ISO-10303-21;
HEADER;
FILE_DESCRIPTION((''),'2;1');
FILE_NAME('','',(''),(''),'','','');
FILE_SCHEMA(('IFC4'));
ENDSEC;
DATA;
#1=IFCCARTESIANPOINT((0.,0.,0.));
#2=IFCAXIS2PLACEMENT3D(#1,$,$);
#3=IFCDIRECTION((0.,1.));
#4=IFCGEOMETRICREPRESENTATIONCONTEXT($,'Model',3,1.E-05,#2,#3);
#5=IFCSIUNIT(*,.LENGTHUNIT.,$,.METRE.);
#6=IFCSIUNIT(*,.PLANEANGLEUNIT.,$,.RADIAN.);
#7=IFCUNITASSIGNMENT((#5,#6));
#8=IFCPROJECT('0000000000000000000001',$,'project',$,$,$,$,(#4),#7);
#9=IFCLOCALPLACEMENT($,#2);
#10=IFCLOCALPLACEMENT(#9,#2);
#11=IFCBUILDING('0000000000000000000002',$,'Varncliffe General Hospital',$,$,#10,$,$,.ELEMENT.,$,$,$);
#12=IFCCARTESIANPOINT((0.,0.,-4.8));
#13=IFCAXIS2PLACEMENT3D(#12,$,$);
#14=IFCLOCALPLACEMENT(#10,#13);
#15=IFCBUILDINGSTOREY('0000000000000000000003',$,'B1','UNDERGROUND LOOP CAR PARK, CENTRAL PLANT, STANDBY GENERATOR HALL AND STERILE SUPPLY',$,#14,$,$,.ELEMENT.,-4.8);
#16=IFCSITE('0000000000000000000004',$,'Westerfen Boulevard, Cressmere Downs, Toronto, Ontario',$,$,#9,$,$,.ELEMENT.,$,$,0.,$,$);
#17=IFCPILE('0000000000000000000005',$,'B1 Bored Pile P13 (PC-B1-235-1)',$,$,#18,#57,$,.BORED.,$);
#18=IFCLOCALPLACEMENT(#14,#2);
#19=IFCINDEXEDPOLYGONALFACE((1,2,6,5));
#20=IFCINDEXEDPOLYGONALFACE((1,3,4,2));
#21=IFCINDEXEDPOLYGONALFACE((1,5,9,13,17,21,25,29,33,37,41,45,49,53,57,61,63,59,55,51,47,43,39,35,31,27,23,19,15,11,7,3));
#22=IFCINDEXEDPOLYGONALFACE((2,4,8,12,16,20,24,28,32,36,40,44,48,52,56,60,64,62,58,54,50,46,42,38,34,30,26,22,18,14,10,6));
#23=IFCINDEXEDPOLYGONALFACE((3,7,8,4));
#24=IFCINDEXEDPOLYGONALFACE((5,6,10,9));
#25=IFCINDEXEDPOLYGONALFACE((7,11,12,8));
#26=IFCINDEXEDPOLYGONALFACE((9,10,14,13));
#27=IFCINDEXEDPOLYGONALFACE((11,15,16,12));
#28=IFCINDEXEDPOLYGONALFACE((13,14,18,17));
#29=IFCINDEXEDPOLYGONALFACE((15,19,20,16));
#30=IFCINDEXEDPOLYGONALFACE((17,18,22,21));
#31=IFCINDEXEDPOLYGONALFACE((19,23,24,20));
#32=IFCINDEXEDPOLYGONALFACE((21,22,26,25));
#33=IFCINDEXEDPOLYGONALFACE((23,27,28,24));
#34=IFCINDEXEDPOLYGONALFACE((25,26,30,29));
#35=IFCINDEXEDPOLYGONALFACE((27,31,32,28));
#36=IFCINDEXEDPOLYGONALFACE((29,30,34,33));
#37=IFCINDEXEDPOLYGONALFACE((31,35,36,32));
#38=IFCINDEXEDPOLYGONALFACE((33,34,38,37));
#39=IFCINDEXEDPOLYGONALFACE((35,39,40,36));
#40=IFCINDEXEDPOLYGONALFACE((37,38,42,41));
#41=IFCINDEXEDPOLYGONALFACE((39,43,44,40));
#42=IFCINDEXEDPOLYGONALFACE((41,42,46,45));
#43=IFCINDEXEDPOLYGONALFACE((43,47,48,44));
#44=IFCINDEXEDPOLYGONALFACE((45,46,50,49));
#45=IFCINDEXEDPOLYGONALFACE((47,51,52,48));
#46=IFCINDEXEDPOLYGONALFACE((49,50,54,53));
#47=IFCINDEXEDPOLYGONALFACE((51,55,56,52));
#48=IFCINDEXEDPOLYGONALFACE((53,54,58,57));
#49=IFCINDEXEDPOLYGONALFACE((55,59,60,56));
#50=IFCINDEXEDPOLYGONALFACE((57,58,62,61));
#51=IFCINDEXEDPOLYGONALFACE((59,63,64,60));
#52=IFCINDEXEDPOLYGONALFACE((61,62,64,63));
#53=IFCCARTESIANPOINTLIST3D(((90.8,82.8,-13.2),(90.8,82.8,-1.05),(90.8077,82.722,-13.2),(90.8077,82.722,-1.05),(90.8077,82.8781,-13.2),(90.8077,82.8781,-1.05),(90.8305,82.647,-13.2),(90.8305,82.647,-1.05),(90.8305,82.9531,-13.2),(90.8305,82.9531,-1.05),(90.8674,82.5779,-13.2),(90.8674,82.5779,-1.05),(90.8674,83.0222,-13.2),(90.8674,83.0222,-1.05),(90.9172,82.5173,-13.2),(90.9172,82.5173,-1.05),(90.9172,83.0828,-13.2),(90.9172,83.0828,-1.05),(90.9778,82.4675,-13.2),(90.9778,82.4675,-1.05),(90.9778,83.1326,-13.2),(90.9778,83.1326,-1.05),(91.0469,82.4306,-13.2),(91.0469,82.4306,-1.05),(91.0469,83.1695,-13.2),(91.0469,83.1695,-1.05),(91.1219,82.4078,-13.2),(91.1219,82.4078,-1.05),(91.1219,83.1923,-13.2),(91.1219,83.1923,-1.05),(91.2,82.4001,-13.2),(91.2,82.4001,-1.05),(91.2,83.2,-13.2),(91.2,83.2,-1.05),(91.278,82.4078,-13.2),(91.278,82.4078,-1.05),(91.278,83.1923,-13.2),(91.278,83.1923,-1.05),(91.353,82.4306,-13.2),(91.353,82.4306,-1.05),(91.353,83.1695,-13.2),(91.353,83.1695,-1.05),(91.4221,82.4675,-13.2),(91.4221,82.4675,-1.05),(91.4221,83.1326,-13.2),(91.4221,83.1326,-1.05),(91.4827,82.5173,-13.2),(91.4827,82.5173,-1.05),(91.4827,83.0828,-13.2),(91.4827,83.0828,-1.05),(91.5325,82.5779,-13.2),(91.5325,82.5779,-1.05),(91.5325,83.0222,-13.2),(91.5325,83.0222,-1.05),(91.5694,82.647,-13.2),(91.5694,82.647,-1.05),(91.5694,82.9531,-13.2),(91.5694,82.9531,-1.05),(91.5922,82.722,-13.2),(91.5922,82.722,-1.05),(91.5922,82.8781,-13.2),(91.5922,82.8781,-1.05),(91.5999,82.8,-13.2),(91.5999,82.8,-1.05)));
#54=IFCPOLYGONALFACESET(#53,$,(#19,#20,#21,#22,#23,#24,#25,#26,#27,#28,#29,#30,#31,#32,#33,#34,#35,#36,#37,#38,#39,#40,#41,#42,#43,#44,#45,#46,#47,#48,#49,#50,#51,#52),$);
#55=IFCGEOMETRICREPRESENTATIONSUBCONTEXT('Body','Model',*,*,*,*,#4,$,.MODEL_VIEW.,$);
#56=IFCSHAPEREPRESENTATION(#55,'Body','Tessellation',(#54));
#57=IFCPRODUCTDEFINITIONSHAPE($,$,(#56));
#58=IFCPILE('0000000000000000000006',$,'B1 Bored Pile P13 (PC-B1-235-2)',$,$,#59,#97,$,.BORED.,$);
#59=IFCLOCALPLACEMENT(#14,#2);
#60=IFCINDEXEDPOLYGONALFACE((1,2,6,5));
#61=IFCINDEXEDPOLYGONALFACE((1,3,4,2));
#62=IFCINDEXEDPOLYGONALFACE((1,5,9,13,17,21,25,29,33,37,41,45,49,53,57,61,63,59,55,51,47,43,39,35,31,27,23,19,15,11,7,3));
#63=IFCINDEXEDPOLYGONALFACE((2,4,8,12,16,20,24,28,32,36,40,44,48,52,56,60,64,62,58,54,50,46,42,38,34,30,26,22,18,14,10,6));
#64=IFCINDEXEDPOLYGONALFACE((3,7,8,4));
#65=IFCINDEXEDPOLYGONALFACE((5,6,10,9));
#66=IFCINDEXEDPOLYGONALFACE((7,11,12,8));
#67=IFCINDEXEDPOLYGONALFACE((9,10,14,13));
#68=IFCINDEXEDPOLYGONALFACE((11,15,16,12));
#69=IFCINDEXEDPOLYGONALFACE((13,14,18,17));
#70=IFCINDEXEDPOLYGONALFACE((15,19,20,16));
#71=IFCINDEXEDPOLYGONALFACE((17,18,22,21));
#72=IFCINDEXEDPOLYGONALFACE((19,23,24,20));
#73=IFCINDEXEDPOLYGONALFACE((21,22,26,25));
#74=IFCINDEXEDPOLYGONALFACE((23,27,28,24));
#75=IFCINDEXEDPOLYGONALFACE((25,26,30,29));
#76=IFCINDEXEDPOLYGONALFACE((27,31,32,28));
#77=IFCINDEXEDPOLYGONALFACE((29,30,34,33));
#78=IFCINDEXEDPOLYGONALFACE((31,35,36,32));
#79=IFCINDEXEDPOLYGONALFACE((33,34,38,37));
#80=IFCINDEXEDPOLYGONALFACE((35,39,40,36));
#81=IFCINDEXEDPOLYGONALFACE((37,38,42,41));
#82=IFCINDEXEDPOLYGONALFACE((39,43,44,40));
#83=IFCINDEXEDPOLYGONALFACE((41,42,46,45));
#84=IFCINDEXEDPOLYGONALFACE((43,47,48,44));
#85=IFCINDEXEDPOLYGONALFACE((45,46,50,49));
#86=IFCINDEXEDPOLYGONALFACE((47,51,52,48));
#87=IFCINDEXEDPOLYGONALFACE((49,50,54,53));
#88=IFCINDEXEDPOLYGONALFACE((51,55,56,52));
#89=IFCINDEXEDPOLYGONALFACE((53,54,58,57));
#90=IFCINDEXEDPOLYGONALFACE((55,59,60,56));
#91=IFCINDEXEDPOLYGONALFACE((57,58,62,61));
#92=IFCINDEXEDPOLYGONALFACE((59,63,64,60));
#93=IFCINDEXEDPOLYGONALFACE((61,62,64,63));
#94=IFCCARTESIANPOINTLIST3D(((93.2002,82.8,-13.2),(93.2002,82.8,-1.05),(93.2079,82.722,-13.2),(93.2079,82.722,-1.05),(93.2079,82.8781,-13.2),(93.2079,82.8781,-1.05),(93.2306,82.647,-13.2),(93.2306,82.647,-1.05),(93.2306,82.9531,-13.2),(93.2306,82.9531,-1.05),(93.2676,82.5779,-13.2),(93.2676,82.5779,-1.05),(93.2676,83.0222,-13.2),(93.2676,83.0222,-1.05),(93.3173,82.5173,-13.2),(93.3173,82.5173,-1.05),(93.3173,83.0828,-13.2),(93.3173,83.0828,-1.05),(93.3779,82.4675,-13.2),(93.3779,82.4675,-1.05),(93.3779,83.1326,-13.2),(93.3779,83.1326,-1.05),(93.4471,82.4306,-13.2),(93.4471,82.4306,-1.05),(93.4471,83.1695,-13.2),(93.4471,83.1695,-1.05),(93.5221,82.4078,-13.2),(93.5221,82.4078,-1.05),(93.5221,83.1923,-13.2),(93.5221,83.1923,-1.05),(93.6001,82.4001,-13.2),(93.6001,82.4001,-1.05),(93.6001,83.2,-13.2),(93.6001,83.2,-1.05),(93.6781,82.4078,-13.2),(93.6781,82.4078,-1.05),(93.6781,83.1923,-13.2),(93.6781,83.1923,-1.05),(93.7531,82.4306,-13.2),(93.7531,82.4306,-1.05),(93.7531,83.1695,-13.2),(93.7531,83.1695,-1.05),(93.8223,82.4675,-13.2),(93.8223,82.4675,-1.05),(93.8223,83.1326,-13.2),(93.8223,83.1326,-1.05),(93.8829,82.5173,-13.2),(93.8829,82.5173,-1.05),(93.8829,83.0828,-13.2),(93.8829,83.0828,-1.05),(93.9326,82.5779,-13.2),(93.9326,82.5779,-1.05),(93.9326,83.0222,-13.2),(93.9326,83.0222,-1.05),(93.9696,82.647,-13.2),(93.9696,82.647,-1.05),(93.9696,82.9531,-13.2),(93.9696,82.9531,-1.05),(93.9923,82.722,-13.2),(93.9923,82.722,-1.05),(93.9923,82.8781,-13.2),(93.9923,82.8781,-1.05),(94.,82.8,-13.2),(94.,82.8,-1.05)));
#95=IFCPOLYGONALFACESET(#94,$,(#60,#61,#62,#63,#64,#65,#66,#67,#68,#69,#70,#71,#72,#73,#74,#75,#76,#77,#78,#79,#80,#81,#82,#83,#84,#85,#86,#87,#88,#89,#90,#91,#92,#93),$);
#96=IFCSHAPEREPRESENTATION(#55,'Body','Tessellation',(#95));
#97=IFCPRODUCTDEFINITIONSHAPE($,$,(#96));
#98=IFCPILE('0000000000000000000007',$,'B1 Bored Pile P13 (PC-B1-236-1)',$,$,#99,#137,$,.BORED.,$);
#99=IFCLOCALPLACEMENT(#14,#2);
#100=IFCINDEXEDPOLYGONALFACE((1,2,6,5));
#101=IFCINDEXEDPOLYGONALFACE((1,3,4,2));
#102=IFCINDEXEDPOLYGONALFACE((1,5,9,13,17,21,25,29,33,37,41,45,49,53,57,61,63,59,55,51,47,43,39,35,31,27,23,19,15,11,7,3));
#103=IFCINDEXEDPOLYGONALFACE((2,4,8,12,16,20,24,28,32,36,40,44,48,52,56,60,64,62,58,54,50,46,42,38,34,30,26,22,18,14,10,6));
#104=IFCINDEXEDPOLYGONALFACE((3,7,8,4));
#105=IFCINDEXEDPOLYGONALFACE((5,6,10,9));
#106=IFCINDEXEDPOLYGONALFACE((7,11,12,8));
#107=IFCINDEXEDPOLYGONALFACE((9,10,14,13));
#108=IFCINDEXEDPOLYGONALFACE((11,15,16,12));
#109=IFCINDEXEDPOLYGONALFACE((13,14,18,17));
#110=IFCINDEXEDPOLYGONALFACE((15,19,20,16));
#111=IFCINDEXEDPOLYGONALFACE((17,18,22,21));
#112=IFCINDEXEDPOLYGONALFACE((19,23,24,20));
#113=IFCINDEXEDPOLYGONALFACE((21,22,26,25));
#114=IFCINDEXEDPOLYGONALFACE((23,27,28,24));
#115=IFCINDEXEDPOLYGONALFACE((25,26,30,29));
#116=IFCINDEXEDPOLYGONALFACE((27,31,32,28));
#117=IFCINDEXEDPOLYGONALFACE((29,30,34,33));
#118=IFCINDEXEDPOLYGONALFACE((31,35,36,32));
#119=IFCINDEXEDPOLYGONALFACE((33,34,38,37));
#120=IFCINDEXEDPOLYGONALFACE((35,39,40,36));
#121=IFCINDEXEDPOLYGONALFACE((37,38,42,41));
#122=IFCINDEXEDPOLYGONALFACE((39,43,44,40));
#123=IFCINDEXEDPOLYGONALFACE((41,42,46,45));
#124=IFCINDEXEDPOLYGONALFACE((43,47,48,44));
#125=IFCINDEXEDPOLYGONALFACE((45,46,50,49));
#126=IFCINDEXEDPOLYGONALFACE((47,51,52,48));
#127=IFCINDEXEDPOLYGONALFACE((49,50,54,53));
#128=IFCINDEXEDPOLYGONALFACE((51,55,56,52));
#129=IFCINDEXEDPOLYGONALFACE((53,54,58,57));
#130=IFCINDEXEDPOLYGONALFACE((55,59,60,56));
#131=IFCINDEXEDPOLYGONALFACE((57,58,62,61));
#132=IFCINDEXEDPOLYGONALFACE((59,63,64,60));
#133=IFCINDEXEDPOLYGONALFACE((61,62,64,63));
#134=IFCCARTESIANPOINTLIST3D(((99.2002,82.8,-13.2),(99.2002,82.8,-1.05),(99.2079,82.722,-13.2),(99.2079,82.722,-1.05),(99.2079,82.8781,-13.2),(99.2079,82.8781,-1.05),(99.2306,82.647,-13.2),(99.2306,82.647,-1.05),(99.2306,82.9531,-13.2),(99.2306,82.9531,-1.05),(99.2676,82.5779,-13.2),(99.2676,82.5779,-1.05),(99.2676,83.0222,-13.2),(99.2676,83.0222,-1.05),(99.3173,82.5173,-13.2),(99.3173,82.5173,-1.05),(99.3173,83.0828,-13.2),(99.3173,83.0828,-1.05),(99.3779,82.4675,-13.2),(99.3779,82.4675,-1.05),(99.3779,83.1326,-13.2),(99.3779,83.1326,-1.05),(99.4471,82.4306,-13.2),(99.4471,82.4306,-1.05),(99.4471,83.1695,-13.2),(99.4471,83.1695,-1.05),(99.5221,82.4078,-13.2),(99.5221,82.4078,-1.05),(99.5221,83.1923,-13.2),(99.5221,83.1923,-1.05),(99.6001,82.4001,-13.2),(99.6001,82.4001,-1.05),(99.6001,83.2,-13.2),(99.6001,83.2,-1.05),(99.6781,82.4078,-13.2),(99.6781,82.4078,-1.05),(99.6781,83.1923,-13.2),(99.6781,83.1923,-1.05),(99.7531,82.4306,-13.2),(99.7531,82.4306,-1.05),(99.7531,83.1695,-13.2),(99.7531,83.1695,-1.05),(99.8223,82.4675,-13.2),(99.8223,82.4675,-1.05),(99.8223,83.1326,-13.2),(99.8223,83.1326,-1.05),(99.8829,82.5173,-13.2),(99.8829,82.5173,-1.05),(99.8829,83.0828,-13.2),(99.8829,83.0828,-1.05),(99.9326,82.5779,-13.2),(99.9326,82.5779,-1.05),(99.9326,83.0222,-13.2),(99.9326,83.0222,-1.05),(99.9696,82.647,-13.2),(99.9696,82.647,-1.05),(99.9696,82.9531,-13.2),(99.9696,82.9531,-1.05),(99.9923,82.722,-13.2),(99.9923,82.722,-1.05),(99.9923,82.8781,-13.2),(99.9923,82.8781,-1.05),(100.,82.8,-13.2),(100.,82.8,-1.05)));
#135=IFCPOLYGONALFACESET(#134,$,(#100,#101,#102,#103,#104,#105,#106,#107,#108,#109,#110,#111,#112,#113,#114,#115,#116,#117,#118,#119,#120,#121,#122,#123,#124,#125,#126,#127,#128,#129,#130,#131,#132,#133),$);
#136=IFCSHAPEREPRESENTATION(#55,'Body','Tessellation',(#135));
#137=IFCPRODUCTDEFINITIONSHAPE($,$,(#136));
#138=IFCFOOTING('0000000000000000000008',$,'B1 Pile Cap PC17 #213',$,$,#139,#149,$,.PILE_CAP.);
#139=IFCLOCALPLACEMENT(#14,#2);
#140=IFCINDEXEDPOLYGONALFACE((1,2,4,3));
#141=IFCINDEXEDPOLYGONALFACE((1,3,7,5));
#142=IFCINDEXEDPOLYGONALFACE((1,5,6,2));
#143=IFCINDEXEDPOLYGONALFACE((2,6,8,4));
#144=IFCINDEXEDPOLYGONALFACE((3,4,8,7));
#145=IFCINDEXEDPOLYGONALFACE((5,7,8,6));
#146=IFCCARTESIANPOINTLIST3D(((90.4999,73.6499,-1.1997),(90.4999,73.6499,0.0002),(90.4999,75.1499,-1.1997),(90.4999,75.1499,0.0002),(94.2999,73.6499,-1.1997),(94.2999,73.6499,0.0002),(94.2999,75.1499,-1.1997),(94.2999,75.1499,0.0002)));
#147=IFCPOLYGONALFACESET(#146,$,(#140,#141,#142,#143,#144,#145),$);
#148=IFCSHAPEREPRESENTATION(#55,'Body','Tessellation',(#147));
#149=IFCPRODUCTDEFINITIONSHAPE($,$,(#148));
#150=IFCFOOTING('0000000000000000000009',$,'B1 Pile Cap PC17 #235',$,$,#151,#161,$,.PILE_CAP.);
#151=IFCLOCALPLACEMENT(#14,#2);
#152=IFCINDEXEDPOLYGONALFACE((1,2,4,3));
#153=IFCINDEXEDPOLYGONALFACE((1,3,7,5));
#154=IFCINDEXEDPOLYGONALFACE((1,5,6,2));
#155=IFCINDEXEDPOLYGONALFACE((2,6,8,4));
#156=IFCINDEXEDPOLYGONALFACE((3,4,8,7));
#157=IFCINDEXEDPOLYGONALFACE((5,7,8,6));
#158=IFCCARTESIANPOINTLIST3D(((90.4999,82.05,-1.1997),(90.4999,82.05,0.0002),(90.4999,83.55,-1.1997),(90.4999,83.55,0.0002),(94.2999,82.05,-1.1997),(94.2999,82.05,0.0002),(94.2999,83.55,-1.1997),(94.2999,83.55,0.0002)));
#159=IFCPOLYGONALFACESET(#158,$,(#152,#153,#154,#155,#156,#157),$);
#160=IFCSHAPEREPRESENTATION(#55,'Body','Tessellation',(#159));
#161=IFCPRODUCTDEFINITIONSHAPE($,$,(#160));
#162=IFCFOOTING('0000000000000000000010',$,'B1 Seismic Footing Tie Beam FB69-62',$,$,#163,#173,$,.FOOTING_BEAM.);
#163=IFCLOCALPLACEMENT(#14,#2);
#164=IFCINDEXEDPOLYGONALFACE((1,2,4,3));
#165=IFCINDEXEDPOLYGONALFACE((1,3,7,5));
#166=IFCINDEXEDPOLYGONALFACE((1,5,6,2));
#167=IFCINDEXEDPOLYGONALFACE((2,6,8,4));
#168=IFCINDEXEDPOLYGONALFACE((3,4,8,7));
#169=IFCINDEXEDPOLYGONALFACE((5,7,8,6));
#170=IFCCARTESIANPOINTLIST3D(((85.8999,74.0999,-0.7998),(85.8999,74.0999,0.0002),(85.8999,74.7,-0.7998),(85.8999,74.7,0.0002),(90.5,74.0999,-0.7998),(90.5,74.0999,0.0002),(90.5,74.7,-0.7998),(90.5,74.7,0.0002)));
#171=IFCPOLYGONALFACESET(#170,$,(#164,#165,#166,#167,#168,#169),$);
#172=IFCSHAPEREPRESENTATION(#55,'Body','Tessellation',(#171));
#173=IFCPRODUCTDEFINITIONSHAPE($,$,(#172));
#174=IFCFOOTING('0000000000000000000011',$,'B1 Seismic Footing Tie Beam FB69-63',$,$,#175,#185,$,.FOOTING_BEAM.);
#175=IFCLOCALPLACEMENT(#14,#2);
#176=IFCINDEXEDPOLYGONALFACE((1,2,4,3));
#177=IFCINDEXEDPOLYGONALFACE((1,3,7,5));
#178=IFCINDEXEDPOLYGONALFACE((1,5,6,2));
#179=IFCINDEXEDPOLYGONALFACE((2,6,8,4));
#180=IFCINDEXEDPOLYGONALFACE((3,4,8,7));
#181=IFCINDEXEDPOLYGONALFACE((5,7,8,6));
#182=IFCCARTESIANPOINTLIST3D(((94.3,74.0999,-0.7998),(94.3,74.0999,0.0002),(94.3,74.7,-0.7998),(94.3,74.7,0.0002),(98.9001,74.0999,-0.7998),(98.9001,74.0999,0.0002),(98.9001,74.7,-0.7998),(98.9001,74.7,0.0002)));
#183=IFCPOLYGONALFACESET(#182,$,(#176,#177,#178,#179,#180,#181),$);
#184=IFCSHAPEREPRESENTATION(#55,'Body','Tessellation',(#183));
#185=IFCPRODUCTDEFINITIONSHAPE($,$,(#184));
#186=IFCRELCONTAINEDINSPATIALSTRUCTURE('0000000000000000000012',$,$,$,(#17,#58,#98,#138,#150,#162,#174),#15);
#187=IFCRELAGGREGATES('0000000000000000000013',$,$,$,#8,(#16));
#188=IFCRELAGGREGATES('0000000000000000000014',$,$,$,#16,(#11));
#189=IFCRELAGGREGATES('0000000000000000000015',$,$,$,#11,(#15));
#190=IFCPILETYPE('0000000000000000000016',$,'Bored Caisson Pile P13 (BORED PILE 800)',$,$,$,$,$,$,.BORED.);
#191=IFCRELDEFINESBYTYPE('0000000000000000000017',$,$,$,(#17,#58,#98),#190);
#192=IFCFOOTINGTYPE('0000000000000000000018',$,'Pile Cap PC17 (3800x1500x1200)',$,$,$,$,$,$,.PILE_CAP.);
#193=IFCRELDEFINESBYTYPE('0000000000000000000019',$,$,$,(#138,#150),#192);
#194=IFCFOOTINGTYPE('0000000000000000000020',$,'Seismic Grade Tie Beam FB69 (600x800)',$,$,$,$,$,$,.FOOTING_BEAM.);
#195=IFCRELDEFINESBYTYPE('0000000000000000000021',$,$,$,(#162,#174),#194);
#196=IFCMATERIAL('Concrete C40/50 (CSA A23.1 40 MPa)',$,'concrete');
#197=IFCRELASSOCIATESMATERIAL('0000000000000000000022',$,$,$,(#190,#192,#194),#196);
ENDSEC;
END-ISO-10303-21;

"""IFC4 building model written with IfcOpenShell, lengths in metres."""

from ifc_helpers import new_model, si_unit, direction, frame, origin, origin_2d, place, context, subcontext, project, spatial, rectangle, circle, extrude, material, material_profile, profile_set, type_object, element, save


model = new_model("IFC4")

# Units and contexts
model_context = context("Model", 3, precision=1e-05, world=origin(), true_north=direction((0.0, 1.0)))
body_context = subcontext(model_context, "Body", "Model", "MODEL_VIEW")
ifc_project = project(units=[si_unit("LENGTHUNIT", "METRE"), si_unit("PLANEANGLEUNIT", "RADIAN")], contexts=[model_context])

# Site, building, storey
site_placement = place(None, origin())
site = spatial("IfcSite", under=ifc_project, at=site_placement, Name="Westerfen Boulevard, Cressmere Downs, Toronto, Ontario", CompositionType="ELEMENT", RefElevation=0.0)
building_placement = place(site_placement, origin())
building = spatial("IfcBuilding", under=site, at=building_placement, Name="Varncliffe General Hospital", CompositionType="ELEMENT")
storey_placement = place(building_placement, frame((0.0, 0.0, -4.8)))
storey = spatial("IfcBuildingStorey", under=building, at=storey_placement, Name="B1", Description="UNDERGROUND LOOP CAR PARK, CENTRAL PLANT, STANDBY GENERATOR HALL AND STERILE SUPPLY", CompositionType="ELEMENT", Elevation=-4.8)

# Piles
ifc_material_1 = material(Name="Concrete C40/50 (CSA A23.1 40 MPa)", Category="concrete")
ifc_material_profile_1 = material_profile(ifc_material_1, circle(Radius=0.3999, at=origin_2d()), Name="BORED PILE 800")
ifc_profile_set_1 = profile_set([ifc_material_profile_1], Name="Concrete C40/50 (CSA A23.1 40 MPa)")
pile_type = type_object("IfcPileType", Name="Bored Caisson Pile P13 (BORED PILE 800)", PredefinedType="BORED", material=ifc_profile_set_1)
for number, where, z_axis, x_axis, name in (
    (1, (91.2, 82.8, -1.05), (0.0, 0.0, -1.0), (1.0, 0.0, 0.0), "B1 Bored Pile P13 (PC-B1-235-1)"),
    (2, (93.6001, 82.8, -1.05), (0.0, 0.0, -1.0), (1.0, 0.0, 0.0), "B1 Bored Pile P13 (PC-B1-235-2)"),
    (3, (99.6001, 82.8, -1.05), (0.0, 0.0, -1.0), (1.0, 0.0, 0.0), "B1 Bored Pile P13 (PC-B1-236-1)"),
):
    element("IfcPile", number, at=place(storey_placement, frame(where, z_axis=z_axis, x_axis=x_axis)), inside=storey, type_object=pile_type, Name=name, PredefinedType="BORED", context=body_context, shape_type="SweptSolid", body=[
        extrude(circle(Radius=0.3999, at=origin_2d()), origin(), (0.0, 0.0, 1.0), 12.1499),
    ])

# Footings
footing_type_1 = type_object("IfcFootingType", Name="Pile Cap PC17 (3800x1500x1200)", PredefinedType="PILE_CAP", material=ifc_material_1)
for number, where, z_axis, x_axis, name in (
    (4, (92.3999, 74.3999, -1.1997), (0.0, 0.0, 1.0), (1.0, 0.0, 0.0), "B1 Pile Cap PC17 #213"),
    (5, (92.3999, 82.8, -1.1997), (0.0, 0.0, 1.0), (1.0, 0.0, 0.0), "B1 Pile Cap PC17 #235"),
):
    element("IfcFooting", number, at=place(storey_placement, frame(where, z_axis=z_axis, x_axis=x_axis)), inside=storey, type_object=footing_type_1, Name=name, PredefinedType="PILE_CAP", context=body_context, shape_type="SweptSolid", body=[
        extrude(rectangle(XDim=3.8, YDim=1.5, at=origin_2d()), origin(), (0.0, 0.0, 1.0), 1.2),
    ])
footing_type_2 = type_object("IfcFootingType", Name="Seismic Grade Tie Beam FB69 (600x800)", PredefinedType="FOOTING_BEAM", material=ifc_material_1)
for number, where, z_axis, x_axis, name in (
    (6, (88.2, 74.3999, -0.7998), (0.0, 0.0, 1.0), (1.0, 0.0, 0.0), "B1 Seismic Footing Tie Beam FB69-62"),
    (7, (96.6001, 74.3999, -0.7998), (0.0, 0.0, 1.0), (1.0, 0.0, 0.0), "B1 Seismic Footing Tie Beam FB69-63"),
):
    element("IfcFooting", number, at=place(storey_placement, frame(where, z_axis=z_axis, x_axis=x_axis)), inside=storey, type_object=footing_type_2, Name=name, PredefinedType="FOOTING_BEAM", context=body_context, shape_type="SweptSolid", body=[
        extrude(rectangle(XDim=4.6001, YDim=0.6001, at=origin_2d()), origin(), (0.0, 0.0, 1.0), 0.8),
    ])

save(model, "model.ifc")
